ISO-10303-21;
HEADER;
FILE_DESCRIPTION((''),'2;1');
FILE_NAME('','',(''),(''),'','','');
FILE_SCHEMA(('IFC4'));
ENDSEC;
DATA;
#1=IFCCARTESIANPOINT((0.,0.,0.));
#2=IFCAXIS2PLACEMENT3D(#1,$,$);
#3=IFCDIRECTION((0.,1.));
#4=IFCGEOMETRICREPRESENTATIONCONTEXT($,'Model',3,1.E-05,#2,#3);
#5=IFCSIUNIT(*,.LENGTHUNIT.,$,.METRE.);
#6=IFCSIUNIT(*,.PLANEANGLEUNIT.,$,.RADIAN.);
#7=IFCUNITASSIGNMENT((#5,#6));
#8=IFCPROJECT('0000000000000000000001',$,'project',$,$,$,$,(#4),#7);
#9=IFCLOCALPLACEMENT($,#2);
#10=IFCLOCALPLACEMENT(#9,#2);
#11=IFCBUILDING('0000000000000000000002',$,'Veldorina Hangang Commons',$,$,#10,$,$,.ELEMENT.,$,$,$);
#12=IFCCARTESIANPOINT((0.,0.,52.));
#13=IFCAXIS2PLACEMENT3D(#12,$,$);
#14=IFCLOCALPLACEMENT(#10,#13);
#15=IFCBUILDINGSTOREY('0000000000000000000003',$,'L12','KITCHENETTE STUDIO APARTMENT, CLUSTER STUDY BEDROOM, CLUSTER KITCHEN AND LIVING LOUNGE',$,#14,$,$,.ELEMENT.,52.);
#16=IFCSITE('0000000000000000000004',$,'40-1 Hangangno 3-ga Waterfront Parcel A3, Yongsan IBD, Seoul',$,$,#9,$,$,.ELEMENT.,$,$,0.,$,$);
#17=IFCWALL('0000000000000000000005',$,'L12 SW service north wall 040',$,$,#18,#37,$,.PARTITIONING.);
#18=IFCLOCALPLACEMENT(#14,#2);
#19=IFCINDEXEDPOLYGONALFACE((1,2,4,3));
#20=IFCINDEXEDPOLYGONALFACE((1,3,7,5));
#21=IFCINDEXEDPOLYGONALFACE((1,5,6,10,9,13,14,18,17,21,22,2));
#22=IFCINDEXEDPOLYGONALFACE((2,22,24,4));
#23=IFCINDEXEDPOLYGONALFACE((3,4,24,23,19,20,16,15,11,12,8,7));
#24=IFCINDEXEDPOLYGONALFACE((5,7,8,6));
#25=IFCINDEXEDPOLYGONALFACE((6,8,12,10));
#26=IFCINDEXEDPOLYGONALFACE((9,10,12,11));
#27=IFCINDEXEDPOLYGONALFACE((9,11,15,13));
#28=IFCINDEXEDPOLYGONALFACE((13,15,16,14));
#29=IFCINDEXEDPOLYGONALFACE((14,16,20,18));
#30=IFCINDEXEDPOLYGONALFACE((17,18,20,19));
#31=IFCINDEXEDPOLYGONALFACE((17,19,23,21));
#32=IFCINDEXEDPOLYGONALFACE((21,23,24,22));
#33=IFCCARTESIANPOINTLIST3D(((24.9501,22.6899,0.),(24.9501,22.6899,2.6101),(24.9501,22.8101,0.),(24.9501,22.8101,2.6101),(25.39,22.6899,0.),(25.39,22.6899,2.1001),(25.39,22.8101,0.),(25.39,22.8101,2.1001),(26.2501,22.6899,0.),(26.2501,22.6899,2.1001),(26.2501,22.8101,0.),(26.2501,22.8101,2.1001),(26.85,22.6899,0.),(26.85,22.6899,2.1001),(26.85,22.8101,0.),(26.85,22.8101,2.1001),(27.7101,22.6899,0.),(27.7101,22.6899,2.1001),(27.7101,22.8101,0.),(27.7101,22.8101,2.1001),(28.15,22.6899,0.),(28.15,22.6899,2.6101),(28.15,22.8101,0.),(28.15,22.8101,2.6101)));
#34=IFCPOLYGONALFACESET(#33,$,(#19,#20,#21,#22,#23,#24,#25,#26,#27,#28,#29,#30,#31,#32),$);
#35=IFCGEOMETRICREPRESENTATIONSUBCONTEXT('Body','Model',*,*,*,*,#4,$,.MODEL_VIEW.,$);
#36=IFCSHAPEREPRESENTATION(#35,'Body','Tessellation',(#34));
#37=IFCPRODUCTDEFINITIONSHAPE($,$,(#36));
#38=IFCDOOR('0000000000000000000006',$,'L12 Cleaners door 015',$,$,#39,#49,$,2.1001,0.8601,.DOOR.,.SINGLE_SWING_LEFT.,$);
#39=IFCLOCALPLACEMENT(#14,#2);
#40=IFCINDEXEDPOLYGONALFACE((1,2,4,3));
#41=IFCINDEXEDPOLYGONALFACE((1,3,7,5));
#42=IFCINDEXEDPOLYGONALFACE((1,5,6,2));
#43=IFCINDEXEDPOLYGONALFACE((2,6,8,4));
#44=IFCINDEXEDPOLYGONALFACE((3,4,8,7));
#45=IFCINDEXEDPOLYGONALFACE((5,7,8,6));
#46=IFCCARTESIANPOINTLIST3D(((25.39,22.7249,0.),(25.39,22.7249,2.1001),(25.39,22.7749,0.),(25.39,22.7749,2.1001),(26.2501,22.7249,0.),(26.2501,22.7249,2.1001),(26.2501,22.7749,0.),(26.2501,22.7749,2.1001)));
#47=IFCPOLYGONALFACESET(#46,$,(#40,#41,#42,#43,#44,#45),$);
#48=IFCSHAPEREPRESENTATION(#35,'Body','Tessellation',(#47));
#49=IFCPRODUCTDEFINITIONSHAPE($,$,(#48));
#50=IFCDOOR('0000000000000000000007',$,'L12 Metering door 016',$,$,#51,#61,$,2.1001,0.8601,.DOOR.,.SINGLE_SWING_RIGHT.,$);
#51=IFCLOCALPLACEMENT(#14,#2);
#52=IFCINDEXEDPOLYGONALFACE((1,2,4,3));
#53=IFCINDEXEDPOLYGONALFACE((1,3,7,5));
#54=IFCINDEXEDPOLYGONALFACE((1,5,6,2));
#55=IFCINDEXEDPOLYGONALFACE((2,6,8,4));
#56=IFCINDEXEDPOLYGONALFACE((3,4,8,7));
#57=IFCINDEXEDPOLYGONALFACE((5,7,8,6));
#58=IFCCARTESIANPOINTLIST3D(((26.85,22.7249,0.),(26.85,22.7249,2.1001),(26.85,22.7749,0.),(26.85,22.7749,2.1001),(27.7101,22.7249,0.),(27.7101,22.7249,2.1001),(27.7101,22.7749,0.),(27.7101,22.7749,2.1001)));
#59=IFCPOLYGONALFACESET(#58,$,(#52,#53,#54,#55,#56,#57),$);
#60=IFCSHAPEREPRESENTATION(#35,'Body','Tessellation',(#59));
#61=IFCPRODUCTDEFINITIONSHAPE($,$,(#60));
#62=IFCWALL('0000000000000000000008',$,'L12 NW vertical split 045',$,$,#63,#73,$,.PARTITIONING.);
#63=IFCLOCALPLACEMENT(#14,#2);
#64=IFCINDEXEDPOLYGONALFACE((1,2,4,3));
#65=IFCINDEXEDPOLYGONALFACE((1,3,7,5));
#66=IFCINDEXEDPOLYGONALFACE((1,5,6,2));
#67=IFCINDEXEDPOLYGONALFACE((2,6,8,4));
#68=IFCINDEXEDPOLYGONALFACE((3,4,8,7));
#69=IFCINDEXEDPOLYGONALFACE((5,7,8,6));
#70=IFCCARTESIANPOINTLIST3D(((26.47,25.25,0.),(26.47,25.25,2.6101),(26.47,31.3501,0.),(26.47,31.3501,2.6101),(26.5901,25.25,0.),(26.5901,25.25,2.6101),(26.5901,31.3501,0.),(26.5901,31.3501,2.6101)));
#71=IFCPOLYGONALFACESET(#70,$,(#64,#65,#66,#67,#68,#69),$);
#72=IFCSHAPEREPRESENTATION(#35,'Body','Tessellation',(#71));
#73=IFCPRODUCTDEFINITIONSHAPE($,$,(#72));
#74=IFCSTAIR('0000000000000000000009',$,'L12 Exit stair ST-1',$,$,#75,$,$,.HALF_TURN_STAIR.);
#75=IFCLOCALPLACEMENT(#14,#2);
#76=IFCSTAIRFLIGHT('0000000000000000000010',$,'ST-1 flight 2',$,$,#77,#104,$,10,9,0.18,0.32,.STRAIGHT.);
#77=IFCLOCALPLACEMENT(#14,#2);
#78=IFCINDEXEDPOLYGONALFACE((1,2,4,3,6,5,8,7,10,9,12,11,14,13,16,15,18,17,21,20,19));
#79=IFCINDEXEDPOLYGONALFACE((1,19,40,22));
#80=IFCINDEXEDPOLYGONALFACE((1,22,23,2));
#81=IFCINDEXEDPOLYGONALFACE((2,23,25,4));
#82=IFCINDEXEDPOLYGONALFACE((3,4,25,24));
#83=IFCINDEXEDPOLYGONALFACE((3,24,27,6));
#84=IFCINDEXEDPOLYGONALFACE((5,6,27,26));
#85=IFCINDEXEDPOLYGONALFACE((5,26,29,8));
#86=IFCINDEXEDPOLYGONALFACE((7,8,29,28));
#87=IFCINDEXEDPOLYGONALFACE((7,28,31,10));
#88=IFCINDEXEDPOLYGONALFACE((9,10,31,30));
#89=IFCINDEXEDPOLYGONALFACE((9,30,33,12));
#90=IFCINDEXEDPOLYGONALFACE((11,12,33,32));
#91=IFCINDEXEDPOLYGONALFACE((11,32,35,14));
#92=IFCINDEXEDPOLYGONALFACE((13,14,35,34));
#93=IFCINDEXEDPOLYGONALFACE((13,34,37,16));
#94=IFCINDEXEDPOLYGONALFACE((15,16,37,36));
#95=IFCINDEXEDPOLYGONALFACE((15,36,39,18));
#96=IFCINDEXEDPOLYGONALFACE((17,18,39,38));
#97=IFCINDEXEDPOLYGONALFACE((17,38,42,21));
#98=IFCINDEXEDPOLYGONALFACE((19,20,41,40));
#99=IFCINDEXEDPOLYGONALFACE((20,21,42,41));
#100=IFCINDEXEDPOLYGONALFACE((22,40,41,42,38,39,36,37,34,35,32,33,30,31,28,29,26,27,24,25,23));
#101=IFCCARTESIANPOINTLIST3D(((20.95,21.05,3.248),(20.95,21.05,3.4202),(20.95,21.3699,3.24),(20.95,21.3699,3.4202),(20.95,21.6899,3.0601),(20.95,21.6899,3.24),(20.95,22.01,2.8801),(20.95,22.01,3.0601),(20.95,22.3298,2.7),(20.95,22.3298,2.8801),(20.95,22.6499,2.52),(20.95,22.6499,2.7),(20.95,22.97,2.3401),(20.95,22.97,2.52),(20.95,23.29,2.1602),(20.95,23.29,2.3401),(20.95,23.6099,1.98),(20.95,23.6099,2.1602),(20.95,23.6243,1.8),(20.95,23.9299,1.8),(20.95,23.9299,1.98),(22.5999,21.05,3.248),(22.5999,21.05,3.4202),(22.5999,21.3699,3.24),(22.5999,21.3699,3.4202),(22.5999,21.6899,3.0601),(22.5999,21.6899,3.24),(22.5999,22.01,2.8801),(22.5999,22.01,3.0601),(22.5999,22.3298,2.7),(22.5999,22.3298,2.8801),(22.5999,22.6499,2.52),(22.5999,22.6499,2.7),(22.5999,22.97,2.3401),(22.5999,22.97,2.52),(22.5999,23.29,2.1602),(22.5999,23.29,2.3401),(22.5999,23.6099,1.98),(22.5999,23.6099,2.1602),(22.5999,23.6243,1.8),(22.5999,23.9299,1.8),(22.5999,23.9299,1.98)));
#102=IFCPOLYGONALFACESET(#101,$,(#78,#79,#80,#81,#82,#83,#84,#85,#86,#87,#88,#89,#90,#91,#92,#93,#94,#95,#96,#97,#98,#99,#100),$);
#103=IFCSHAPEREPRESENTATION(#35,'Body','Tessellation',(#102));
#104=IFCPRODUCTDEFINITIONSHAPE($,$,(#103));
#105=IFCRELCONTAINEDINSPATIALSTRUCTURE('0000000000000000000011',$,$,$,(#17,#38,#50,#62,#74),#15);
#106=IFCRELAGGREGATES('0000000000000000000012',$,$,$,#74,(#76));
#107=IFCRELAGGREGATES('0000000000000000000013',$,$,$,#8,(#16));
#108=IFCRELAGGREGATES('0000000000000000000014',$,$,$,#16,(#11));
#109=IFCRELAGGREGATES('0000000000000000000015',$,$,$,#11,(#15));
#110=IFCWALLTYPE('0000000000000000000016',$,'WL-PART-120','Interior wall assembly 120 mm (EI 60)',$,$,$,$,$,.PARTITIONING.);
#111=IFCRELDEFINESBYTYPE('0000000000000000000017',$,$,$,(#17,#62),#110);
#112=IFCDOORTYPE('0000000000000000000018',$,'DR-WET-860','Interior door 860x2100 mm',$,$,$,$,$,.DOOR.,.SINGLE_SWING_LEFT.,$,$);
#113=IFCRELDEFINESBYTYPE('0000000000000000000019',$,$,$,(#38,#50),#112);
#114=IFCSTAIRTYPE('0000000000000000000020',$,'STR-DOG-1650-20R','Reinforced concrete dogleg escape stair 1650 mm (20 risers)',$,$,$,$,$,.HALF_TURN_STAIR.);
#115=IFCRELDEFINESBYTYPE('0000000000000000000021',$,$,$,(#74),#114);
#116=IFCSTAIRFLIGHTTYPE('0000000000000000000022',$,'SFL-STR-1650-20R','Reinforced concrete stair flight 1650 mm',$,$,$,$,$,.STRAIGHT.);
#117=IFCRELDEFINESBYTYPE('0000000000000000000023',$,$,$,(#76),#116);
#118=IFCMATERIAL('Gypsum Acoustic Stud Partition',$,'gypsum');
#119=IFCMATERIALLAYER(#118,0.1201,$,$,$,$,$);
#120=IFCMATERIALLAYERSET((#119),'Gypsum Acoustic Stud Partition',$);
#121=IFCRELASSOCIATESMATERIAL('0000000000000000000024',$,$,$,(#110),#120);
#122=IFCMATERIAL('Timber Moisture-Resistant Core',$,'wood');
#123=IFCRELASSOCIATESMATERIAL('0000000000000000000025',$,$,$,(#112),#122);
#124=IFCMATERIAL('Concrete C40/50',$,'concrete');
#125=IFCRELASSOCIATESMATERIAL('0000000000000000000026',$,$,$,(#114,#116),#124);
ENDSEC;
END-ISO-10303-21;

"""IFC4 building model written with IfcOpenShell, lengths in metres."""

from ifc_helpers import new_model, si_unit, direction, frame, frame_2d, origin, place, context, subcontext, project, spatial, polyline, rectangle, outline, extrude, material, layer, layer_set, type_object, element, fill, aggregate, save


model = new_model("IFC4")

# Units and contexts
model_context = context("Model", 3, precision=1e-05, world=origin(), true_north=direction((0.0, 1.0)))
body_context = subcontext(model_context, "Body", "Model", "MODEL_VIEW")
ifc_project = project(units=[si_unit("LENGTHUNIT", "METRE"), si_unit("PLANEANGLEUNIT", "RADIAN")], contexts=[model_context])

# Site, building, storey
site_placement = place(None, origin())
site = spatial("IfcSite", under=ifc_project, at=site_placement, Name="40-1 Hangangno 3-ga Waterfront Parcel A3, Yongsan IBD, Seoul", CompositionType="ELEMENT", RefElevation=0.0)
building_placement = place(site_placement, origin())
building = spatial("IfcBuilding", under=site, at=building_placement, Name="Veldorina Hangang Commons", CompositionType="ELEMENT")
storey_placement = place(building_placement, frame((0.0, 0.0, 52.0)))
storey = spatial("IfcBuildingStorey", under=building, at=storey_placement, Name="L12", Description="KITCHENETTE STUDIO APARTMENT, CLUSTER STUDY BEDROOM, CLUSTER KITCHEN AND LIVING LOUNGE", CompositionType="ELEMENT", Elevation=52.0)

# Wall, openings, doors
ifc_material_1 = material(Name="Gypsum Acoustic Stud Partition", Category="gypsum")
ifc_layer_1 = layer(ifc_material_1, 0.1201)
ifc_layer_set_1 = layer_set([ifc_layer_1], Name="Gypsum Acoustic Stud Partition")
wall_type_1 = type_object("IfcWallType", Name="WL-PART-120", Description="Interior wall assembly 120 mm (EI 60)", PredefinedType="PARTITIONING", material=ifc_layer_set_1)
ifc_material_2 = material(Name="Timber Moisture-Resistant Core", Category="wood")
door_type_1 = type_object("IfcDoorType", Name="DR-WET-860", Description="Interior door 860x2100 mm", OperationType="SINGLE_SWING_LEFT", PredefinedType="DOOR", material=ifc_material_2)
wall_1_placement = place(storey_placement, frame((24.95, 22.75, 0.0), z_axis=(0.0, 0.0, 1.0), x_axis=(1.0, 0.0, 0.0)))
wall_1 = element("IfcWall", 1, at=wall_1_placement, inside=storey, type_object=wall_type_1, Name="L12 SW service north wall 040", PredefinedType="PARTITIONING", context=body_context, shape_type="SweptSolid", body=[
    extrude(rectangle(XDim=3.2, YDim=0.1201, at=frame_2d((1.6001, 0.0))), origin(), (0.0, 0.0, 1.0), 2.6101),
])
opening_1_placement = place(wall_1_placement, frame((0.4399, 0.0, 0.0)))
opening_1 = element("IfcOpeningElement", 2, at=opening_1_placement, cuts=wall_1, PredefinedType="OPENING", context=body_context, shape_type="SweptSolid", body=[
    extrude(rectangle(XDim=0.8601, YDim=2.1001, at=frame_2d((0.4302, 1.05))), frame((0.0, 0.0701, 0.0), z_axis=(0.0, -1.0, 0.0), x_axis=(1.0, 0.0, 0.0)), (0.0, 0.0, 1.0), 0.1401),
])
opening_2_placement = place(wall_1_placement, frame((1.8999, 0.0, 0.0)))
opening_2 = element("IfcOpeningElement", 3, at=opening_2_placement, cuts=wall_1, PredefinedType="OPENING", context=body_context, shape_type="SweptSolid", body=[
    extrude(rectangle(XDim=0.8601, YDim=2.1001, at=frame_2d((0.4302, 1.05))), frame((0.0, 0.0701, 0.0), z_axis=(0.0, -1.0, 0.0), x_axis=(1.0, 0.0, 0.0)), (0.0, 0.0, 1.0), 0.1401),
])
door_1_placement = place(opening_1_placement, origin())
door_1 = element("IfcDoor", 4, at=door_1_placement, inside=storey, type_object=door_type_1, Name="L12 Cleaners door 015", OperationType="SINGLE_SWING_LEFT", OverallHeight=2.1001, OverallWidth=0.8601, PredefinedType="DOOR", context=body_context, shape_type="SweptSolid", body=[
    extrude(rectangle(XDim=0.8601, YDim=2.1001, at=frame_2d((0.4302, 1.05))), frame((0.0, 0.0249, 0.0), z_axis=(0.0, -1.0, 0.0), x_axis=(1.0, 0.0, 0.0)), (0.0, 0.0, 1.0), 0.05),
])
fill(opening_1, door_1)
door_2_placement = place(opening_2_placement, origin())
door_2 = element("IfcDoor", 5, at=door_2_placement, inside=storey, type_object=door_type_1, Name="L12 Metering door 016", OperationType="SINGLE_SWING_RIGHT", OverallHeight=2.1001, OverallWidth=0.8601, PredefinedType="DOOR", context=body_context, shape_type="SweptSolid", body=[
    extrude(rectangle(XDim=0.8601, YDim=2.1001, at=frame_2d((0.4302, 1.05))), frame((0.0, 0.0249, 0.0), z_axis=(0.0, -1.0, 0.0), x_axis=(1.0, 0.0, 0.0)), (0.0, 0.0, 1.0), 0.05),
])
fill(opening_2, door_2)

# Wall
wall_2_placement = place(storey_placement, frame((26.53, 25.25, 0.0), z_axis=(0.0, 0.0, 1.0), x_axis=(0.0, 1.0, 0.0)))
element("IfcWall", 6, at=wall_2_placement, inside=storey, type_object=wall_type_1, Name="L12 NW vertical split 045", PredefinedType="PARTITIONING", context=body_context, shape_type="SweptSolid", body=[
    extrude(rectangle(XDim=6.1001, YDim=0.1201, at=frame_2d((3.05, 0.0))), origin(), (0.0, 0.0, 1.0), 2.6101),
])

# Stair, stair flight
ifc_material_3 = material(Name="Concrete C40/50", Category="concrete")
stair_type = type_object("IfcStairType", Name="STR-DOG-1650-20R", Description="Reinforced concrete dogleg escape stair 1650 mm (20 risers)", PredefinedType="HALF_TURN_STAIR", material=ifc_material_3)
stair_placement = place(storey_placement, origin())
stair = element("IfcStair", 7, at=stair_placement, inside=storey, type_object=stair_type, Name="L12 Exit stair ST-1", PredefinedType="HALF_TURN_STAIR")
stair_flight_type = type_object("IfcStairFlightType", Name="SFL-STR-1650-20R", Description="Reinforced concrete stair flight 1650 mm", PredefinedType="STRAIGHT", material=ifc_material_3)
stair_flight_placement = place(storey_placement, frame((21.7749, 23.9299, 1.8), z_axis=(0.0, 0.0, 1.0), x_axis=(0.0, -1.0, 0.0)))
stair_flight = element("IfcStairFlight", 8, at=stair_flight_placement, type_object=stair_flight_type, Name="ST-1 flight 2", NumberOfRisers=10, NumberOfTreads=9, PredefinedType="STRAIGHT", RiserHeight=0.18, TreadLength=0.32, context=body_context, shape_type="SweptSolid", body=[
    extrude(outline(polyline([(0.0, 0.0), (0.0, 0.1799), (0.3201, 0.1799), (0.3201, 0.3601), (0.6399, 0.3601), (0.6399, 0.54), (0.96, 0.54), (0.96, 0.72), (1.28, 0.72), (1.28, 0.8999), (1.6001, 0.8999), (1.6001, 1.0801), (1.9199, 1.0801), (1.9199, 1.26), (2.24, 1.26), (2.24, 1.4399), (2.5601, 1.4399), (2.5601, 1.6201), (2.8799, 1.6201), (2.8799, 1.8), (2.8799, 1.448), (0.3057, 0.0), (0.0, 0.0)])), frame((0.0, 0.825, 0.0), z_axis=(0.0, -1.0, 0.0), x_axis=(1.0, 0.0, 0.0)), (0.0, 0.0, 1.0), 1.6499),
])
aggregate(stair, [stair_flight])

save(model, "model.ifc")
